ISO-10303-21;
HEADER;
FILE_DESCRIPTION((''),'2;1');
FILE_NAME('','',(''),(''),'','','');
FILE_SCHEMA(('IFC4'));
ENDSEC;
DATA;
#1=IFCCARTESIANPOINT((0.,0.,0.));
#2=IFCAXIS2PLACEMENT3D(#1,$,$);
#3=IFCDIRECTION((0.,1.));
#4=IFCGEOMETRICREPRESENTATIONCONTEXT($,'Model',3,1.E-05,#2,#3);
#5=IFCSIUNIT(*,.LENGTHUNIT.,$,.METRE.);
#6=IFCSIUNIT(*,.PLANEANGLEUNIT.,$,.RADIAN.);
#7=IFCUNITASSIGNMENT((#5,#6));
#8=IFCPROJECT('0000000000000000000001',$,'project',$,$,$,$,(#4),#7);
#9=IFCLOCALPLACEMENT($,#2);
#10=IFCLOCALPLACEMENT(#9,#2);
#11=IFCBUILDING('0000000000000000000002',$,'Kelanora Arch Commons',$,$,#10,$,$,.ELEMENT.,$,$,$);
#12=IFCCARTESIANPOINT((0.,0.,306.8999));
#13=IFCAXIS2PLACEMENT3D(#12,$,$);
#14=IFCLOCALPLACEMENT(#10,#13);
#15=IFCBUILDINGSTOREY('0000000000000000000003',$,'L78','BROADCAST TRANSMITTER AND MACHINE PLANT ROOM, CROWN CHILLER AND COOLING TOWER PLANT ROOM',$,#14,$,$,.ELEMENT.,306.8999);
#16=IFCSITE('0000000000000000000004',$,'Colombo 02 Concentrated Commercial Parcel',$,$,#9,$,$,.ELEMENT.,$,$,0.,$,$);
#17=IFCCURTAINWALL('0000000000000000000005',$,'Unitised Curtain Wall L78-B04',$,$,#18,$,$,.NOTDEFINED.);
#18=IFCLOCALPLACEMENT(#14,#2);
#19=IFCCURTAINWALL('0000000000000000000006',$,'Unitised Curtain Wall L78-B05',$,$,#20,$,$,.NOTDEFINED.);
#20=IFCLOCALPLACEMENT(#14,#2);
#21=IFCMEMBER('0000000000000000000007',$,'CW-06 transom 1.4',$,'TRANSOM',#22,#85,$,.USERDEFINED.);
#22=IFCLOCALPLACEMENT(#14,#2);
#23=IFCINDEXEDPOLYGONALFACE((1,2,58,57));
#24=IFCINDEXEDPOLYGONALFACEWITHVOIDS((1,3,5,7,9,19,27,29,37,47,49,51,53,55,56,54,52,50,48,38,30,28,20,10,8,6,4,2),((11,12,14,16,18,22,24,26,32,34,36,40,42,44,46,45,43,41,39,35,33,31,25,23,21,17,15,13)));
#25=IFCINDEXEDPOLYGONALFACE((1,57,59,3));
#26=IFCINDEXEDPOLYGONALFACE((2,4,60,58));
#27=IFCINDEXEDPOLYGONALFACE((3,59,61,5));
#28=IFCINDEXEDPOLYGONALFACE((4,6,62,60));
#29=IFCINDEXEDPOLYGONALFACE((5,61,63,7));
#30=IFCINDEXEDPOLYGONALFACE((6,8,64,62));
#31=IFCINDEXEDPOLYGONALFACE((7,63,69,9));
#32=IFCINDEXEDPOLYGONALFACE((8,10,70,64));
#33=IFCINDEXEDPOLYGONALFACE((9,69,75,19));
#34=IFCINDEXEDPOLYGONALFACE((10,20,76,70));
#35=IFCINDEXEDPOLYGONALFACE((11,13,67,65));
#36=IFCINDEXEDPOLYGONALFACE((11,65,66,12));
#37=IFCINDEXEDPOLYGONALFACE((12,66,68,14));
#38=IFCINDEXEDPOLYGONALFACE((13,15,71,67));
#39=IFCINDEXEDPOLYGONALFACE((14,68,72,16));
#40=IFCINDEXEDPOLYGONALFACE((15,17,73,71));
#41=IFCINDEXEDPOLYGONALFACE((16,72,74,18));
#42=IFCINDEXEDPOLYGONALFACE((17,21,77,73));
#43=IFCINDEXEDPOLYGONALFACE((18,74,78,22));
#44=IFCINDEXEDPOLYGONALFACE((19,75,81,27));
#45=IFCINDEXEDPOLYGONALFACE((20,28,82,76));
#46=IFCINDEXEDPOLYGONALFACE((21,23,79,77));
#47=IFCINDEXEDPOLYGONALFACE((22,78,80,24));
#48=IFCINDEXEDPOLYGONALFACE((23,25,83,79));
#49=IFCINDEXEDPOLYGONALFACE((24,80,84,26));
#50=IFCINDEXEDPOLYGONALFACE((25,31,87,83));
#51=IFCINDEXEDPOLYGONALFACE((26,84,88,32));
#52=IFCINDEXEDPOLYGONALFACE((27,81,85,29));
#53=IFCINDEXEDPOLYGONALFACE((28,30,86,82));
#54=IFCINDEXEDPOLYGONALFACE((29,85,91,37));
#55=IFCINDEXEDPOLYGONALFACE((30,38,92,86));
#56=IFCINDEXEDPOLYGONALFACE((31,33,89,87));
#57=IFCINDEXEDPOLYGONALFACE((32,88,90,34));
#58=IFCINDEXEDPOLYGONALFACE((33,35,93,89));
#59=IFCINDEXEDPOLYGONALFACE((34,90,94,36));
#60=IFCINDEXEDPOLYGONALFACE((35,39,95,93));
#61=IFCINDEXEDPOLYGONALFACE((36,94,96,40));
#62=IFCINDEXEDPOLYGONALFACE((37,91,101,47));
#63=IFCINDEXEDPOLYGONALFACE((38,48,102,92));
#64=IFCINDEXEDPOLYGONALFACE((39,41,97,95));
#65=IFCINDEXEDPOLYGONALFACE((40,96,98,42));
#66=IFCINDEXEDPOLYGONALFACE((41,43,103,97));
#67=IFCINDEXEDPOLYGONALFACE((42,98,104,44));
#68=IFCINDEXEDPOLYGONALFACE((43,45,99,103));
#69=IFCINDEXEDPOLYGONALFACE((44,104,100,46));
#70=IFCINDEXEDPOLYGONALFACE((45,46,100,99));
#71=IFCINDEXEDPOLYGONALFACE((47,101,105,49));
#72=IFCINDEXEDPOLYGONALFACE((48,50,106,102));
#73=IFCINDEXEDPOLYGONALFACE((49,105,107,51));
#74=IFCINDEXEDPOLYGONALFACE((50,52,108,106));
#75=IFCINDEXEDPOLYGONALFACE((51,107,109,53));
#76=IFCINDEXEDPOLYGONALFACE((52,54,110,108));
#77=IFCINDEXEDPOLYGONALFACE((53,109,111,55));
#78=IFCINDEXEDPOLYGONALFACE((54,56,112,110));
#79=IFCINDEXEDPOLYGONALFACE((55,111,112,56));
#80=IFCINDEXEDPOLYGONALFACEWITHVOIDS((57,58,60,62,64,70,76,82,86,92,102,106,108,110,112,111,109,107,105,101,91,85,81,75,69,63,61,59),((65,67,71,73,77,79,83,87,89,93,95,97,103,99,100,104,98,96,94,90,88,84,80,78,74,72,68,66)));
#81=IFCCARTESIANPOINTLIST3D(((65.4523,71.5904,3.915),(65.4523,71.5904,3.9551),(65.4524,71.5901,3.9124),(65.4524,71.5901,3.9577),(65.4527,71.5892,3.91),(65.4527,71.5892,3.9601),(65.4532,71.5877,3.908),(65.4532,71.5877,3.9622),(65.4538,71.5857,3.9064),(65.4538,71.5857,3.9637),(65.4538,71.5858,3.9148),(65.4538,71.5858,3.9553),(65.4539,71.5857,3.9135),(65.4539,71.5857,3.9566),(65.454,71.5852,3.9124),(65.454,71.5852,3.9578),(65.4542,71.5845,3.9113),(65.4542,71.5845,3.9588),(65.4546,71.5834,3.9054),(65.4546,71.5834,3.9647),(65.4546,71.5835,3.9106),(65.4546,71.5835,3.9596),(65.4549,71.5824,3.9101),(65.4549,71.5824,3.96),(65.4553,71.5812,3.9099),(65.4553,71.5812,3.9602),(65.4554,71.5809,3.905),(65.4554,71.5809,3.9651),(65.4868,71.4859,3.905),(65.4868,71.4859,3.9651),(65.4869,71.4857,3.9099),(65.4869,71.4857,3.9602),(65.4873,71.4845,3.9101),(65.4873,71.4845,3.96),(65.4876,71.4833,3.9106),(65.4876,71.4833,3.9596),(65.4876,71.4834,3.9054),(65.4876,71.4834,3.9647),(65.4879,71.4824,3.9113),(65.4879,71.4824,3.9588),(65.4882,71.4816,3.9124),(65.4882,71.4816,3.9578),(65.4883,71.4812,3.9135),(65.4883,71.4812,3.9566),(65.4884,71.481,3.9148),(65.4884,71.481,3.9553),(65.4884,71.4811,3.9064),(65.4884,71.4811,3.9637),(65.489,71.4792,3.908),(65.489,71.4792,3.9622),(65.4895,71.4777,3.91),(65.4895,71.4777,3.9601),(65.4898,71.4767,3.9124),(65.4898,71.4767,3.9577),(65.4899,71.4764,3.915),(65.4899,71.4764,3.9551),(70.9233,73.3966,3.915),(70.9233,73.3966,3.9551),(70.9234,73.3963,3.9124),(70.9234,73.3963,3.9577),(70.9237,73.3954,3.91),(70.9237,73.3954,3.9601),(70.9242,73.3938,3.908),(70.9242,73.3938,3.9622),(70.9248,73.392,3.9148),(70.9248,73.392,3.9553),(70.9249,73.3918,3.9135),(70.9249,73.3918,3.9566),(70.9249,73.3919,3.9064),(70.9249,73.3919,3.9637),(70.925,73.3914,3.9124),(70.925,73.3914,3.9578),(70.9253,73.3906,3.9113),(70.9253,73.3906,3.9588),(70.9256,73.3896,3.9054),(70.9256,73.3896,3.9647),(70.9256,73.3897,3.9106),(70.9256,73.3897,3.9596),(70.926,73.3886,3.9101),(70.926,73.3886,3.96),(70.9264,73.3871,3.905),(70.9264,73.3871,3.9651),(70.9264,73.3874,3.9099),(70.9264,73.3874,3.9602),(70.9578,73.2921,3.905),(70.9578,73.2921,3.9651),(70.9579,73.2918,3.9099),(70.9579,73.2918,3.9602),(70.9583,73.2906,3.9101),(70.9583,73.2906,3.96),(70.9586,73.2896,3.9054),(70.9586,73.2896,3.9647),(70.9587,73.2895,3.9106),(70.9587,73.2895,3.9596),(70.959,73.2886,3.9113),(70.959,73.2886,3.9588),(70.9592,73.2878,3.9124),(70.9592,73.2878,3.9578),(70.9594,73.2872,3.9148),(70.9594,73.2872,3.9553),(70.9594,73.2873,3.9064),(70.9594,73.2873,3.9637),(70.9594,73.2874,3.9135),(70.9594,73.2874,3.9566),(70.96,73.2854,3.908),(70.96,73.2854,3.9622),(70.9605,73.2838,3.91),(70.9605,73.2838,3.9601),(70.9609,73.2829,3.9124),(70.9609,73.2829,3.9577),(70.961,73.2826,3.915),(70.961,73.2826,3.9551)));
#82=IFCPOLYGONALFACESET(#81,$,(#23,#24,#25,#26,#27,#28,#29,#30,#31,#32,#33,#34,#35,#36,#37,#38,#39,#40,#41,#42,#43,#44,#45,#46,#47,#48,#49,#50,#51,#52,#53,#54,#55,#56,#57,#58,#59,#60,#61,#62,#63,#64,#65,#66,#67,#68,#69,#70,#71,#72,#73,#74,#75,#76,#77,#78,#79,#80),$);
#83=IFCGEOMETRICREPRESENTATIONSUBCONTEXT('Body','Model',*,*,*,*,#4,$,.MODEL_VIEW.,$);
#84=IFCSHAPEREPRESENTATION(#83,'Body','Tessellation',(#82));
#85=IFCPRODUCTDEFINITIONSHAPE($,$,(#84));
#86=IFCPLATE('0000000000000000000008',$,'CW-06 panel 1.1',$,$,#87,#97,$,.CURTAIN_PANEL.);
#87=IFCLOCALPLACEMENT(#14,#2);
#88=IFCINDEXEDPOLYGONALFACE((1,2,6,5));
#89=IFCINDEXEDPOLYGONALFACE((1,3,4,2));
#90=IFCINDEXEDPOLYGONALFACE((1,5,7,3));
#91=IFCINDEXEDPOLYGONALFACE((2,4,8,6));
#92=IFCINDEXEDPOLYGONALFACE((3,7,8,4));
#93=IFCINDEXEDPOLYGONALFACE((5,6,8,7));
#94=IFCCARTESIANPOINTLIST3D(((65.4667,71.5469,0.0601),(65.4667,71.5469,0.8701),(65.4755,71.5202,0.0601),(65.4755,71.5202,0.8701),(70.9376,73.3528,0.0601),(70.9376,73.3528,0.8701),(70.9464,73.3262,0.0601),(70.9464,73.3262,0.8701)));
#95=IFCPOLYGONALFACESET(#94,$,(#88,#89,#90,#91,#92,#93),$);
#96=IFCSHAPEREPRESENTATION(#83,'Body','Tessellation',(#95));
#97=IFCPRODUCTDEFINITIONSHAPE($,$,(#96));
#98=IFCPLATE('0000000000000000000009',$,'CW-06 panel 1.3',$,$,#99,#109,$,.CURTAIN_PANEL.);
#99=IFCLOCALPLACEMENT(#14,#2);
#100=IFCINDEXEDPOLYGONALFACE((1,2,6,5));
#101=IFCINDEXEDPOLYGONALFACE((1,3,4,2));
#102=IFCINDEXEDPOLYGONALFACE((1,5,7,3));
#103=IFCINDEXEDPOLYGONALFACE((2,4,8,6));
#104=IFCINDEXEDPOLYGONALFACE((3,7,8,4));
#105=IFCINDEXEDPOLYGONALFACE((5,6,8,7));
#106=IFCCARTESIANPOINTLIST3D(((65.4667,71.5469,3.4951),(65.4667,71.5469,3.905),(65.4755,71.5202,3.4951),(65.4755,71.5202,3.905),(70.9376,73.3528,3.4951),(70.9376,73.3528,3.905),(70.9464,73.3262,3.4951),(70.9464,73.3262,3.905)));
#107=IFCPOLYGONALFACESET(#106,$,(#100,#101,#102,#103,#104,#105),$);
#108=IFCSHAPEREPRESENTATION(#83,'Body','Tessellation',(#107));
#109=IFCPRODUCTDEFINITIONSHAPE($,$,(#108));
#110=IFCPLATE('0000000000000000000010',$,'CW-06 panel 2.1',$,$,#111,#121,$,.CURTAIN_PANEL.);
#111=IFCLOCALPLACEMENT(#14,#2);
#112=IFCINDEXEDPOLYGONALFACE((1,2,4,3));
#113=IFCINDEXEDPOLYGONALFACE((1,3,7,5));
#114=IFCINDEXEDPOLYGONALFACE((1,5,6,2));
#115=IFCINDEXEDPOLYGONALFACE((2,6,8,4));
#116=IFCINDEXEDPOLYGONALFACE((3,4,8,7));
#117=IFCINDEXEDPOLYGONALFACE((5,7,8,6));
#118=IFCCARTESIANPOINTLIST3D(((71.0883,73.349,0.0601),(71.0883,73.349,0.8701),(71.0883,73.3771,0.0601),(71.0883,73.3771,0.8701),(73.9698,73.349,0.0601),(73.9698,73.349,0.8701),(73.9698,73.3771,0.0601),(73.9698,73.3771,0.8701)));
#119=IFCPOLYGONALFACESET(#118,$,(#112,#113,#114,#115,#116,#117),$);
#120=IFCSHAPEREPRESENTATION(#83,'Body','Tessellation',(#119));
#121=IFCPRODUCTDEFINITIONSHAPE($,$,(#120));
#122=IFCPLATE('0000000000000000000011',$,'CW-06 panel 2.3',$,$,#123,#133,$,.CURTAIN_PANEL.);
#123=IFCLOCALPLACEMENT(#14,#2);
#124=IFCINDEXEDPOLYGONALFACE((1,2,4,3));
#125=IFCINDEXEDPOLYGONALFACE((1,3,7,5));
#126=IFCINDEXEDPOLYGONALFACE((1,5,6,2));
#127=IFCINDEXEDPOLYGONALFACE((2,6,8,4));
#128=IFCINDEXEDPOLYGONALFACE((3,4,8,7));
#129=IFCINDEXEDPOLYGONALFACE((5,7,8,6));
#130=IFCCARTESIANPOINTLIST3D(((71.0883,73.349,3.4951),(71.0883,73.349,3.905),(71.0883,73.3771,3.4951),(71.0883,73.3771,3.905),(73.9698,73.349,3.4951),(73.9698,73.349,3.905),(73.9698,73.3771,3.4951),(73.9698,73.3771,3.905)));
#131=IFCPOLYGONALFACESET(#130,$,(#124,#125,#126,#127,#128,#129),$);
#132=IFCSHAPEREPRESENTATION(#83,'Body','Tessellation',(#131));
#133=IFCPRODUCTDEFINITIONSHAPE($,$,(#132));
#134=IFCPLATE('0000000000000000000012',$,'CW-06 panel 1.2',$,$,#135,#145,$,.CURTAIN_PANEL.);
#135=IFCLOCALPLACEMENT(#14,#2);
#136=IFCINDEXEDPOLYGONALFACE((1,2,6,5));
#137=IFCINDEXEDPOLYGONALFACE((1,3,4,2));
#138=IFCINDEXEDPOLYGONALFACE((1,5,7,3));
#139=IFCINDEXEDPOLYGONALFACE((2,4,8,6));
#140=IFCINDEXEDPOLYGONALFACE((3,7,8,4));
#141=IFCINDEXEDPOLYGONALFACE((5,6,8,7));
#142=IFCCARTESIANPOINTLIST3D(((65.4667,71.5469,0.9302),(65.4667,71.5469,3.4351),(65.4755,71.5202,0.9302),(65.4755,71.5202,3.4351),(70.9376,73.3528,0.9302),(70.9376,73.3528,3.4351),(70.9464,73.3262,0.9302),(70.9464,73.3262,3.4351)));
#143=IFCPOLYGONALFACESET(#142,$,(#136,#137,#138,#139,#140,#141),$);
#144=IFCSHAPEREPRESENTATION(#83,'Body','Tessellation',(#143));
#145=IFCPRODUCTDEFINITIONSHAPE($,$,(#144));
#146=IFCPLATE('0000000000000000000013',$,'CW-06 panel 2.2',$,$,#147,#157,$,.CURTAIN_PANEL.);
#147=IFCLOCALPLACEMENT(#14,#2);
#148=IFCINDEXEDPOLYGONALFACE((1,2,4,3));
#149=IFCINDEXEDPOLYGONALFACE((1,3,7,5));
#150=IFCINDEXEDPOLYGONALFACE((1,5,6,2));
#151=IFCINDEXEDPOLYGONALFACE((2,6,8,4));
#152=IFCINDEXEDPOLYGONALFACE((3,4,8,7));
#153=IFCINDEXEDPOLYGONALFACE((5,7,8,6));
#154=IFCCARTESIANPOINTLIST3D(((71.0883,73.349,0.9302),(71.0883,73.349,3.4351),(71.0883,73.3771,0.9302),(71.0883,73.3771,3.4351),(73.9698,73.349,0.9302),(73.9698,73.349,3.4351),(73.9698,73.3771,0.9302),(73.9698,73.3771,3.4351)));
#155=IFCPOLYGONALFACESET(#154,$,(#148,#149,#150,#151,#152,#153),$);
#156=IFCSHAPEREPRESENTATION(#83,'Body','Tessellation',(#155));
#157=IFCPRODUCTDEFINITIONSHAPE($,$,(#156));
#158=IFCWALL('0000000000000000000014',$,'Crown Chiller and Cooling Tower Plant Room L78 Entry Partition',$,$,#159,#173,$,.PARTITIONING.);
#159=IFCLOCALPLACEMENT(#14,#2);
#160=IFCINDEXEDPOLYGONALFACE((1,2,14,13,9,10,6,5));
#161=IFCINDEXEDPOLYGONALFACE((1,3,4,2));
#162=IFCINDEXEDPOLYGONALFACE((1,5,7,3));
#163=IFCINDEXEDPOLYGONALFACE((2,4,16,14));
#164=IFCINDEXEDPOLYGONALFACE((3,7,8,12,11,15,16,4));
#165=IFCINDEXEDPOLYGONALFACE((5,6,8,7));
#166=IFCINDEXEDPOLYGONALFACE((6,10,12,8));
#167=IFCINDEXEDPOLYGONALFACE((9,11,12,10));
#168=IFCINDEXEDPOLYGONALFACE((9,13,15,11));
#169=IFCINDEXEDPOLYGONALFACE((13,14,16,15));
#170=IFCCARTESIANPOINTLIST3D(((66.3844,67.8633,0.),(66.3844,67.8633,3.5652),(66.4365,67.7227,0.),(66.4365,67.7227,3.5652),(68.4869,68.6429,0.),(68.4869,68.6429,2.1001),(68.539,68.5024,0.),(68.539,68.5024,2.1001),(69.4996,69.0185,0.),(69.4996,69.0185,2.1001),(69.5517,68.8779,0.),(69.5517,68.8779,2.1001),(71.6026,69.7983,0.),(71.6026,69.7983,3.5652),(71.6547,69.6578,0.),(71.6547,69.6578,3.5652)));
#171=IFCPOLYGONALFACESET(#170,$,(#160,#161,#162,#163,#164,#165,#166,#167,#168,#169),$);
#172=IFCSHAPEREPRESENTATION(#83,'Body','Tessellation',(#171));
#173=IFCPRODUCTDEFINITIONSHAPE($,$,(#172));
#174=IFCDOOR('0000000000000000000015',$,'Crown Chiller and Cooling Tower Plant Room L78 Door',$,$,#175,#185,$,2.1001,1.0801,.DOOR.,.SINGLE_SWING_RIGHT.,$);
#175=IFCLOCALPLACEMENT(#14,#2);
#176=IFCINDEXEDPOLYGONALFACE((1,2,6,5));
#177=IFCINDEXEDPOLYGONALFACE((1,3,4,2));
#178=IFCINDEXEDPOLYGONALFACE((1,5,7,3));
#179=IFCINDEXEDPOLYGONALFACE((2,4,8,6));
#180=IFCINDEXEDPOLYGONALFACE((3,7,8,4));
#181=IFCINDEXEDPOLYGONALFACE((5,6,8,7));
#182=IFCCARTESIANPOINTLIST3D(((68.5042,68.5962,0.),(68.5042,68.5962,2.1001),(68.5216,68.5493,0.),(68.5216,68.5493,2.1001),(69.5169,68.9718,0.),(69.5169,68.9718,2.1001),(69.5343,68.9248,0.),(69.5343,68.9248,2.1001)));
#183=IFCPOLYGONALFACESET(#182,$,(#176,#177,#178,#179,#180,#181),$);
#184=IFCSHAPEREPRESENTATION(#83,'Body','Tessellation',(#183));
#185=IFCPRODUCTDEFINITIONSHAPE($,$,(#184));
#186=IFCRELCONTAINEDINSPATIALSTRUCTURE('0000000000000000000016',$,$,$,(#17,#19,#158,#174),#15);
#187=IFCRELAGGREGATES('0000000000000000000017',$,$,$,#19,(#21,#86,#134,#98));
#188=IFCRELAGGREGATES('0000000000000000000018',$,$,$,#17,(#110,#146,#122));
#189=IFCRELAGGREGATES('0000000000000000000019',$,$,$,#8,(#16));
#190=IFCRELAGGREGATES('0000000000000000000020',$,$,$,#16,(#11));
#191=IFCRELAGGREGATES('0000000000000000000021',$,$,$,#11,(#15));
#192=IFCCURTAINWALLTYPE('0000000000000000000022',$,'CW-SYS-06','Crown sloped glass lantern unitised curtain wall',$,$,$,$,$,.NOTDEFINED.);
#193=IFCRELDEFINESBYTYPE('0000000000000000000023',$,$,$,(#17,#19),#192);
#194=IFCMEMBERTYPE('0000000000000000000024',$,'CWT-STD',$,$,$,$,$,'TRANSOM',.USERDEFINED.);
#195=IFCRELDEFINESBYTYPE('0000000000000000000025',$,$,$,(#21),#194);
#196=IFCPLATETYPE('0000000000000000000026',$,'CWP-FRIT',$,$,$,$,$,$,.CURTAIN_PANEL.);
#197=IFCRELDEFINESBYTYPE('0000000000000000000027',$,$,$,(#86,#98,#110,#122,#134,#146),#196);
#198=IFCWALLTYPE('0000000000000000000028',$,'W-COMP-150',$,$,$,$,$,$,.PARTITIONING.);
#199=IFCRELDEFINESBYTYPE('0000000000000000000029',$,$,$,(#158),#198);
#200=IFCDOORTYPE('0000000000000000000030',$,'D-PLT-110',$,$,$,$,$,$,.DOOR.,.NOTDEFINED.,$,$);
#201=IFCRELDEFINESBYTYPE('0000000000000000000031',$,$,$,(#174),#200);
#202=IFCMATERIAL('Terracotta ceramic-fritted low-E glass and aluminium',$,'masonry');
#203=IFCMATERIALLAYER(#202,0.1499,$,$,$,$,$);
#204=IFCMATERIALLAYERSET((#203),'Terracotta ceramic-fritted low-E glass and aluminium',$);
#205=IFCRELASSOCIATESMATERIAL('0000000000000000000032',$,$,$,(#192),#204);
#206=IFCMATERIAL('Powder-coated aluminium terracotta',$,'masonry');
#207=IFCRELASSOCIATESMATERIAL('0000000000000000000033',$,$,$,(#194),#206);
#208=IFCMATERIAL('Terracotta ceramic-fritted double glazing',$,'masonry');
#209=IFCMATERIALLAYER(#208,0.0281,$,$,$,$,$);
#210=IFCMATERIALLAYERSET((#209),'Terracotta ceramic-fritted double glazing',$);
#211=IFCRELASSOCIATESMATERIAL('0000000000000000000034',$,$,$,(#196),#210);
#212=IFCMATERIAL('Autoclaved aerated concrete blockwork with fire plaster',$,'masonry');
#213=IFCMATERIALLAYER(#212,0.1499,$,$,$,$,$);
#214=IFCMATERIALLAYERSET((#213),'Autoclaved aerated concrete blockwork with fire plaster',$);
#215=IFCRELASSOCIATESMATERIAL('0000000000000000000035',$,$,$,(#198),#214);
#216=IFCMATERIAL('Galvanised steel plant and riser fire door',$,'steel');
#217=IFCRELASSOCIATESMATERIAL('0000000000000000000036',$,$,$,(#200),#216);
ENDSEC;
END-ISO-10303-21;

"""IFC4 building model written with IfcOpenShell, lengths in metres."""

from ifc_helpers import new_model, si_unit, direction, frame, frame_2d, origin, origin_2d, place, context, subcontext, project, spatial, rectangle, hollow_rectangle, extrude, source, transform, mapped, material, layer, layer_set, material_profile, profile_set, type_object, element, fill, aggregate, save


model = new_model("IFC4")

# Units and contexts
model_context = context("Model", 3, precision=1e-05, world=origin(), true_north=direction((0.0, 1.0)))
body_context = subcontext(model_context, "Body", "Model", "MODEL_VIEW")
ifc_project = project(units=[si_unit("LENGTHUNIT", "METRE"), si_unit("PLANEANGLEUNIT", "RADIAN")], contexts=[model_context])

# Site, building, storey
site_placement = place(None, origin())
site = spatial("IfcSite", under=ifc_project, at=site_placement, Name="Colombo 02 Concentrated Commercial Parcel", CompositionType="ELEMENT", RefElevation=0.0)
building_placement = place(site_placement, origin())
building = spatial("IfcBuilding", under=site, at=building_placement, Name="Kelanora Arch Commons", CompositionType="ELEMENT")
storey_placement = place(building_placement, frame((0.0, 0.0, 306.8999)))
storey = spatial("IfcBuildingStorey", under=building, at=storey_placement, Name="L78", Description="BROADCAST TRANSMITTER AND MACHINE PLANT ROOM, CROWN CHILLER AND COOLING TOWER PLANT ROOM", CompositionType="ELEMENT", Elevation=306.8999)

# Curtain wall
ifc_material_1 = material(Name="Terracotta ceramic-fritted low-E glass and aluminium", Category="masonry")
ifc_layer_1 = layer(ifc_material_1, 0.1499)
ifc_layer_set_1 = layer_set([ifc_layer_1], Name="Terracotta ceramic-fritted low-E glass and aluminium")
curtain_wall_type = type_object("IfcCurtainWallType", Name="CW-SYS-06", Description="Crown sloped glass lantern unitised curtain wall", PredefinedType="NOTDEFINED", material=ifc_layer_set_1)
curtain_wall_1_placement = place(storey_placement, origin())
curtain_wall_1 = element("IfcCurtainWall", 1, at=curtain_wall_1_placement, inside=storey, type_object=curtain_wall_type, Name="Unitised Curtain Wall L78-B04", PredefinedType="NOTDEFINED")
ifc_material_2 = material(Name="Powder-coated aluminium terracotta", Category="masonry")

# Curtain wall
curtain_wall_2_placement = place(storey_placement, origin())
curtain_wall_2 = element("IfcCurtainWall", 2, at=curtain_wall_2_placement, inside=storey, type_object=curtain_wall_type, Name="Unitised Curtain Wall L78-B05", PredefinedType="NOTDEFINED")

# Member
ifc_material_profile_1 = material_profile(ifc_material_2, hollow_rectangle(XDim=0.1201, YDim=0.0601, WallThickness=0.0049, InnerFilletRadius=0.0049, OuterFilletRadius=0.01, at=origin_2d()), Name="CWT120x60")
ifc_profile_set_1 = profile_set([ifc_material_profile_1], Name="Powder-coated aluminium terracotta")
member_type_1 = type_object("IfcMemberType", Name="CWT-STD", ElementType="TRANSOM", PredefinedType="USERDEFINED", material=ifc_profile_set_1)
member_1_placement = place(storey_placement, frame((70.9421, 73.3396, 3.9351), z_axis=(-0.94959, -0.313493, 0.0), x_axis=(0.313493, -0.94959, 0.0)))
member_1 = element("IfcMember", 3, at=member_1_placement, type_object=member_type_1, Name="CW-06 transom 1.4", ObjectType="TRANSOM", PredefinedType="USERDEFINED", context=body_context, shape_type="SweptSolid", body=[
    extrude(hollow_rectangle(XDim=0.1201, YDim=0.0601, WallThickness=0.0049, InnerFilletRadius=0.0049, OuterFilletRadius=0.01, at=origin_2d()), origin(), (0.0, 0.0, 1.0), 5.7615),
])

# Plates
ifc_material_3 = material(Name="Terracotta ceramic-fritted double glazing", Category="masonry")
ifc_layer_2 = layer(ifc_material_3, 0.0281)
ifc_layer_set_2 = layer_set([ifc_layer_2], Name="Terracotta ceramic-fritted double glazing")
plate_type = type_object("IfcPlateType", Name="CWP-FRIT", PredefinedType="CURTAIN_PANEL", material=ifc_layer_set_2)
shared_shape_1 = source(origin(), body_context, "Body", "SweptSolid", [
    extrude(rectangle(XDim=5.7612, YDim=0.0281, at=origin_2d()), origin(), (0.0, 0.0, 1.0), 0.8101),
])
plate_1_placement = place(storey_placement, frame((68.2065, 72.4365, 0.0601), z_axis=(0.0, 0.0, 1.0), x_axis=(-0.949599, -0.313467, 0.0)))
plate_1 = element("IfcPlate", 4, at=plate_1_placement, type_object=plate_type, Name="CW-06 panel 1.1", PredefinedType="CURTAIN_PANEL", context=body_context, shape_type="MappedRepresentation", body=[
    mapped(shared_shape_1, transform((0.0, 0.0, 0.0), scale=1.0)),
])
shared_shape_2 = source(origin(), body_context, "Body", "SweptSolid", [
    extrude(rectangle(XDim=5.7612, YDim=0.0281, at=origin_2d()), origin(), (0.0, 0.0, 1.0), 0.4099),
])
plate_2_placement = place(storey_placement, frame((68.2065, 72.4365, 3.4951), z_axis=(0.0, 0.0, 1.0), x_axis=(-0.949599, -0.313467, 0.0)))
plate_2 = element("IfcPlate", 5, at=plate_2_placement, type_object=plate_type, Name="CW-06 panel 1.3", PredefinedType="CURTAIN_PANEL", context=body_context, shape_type="MappedRepresentation", body=[
    mapped(shared_shape_2, transform((0.0, 0.0, 0.0), scale=1.0)),
])
shared_shape_3 = source(origin(), body_context, "Body", "SweptSolid", [
    extrude(rectangle(XDim=2.8816, YDim=0.0281, at=origin_2d()), origin(), (0.0, 0.0, 1.0), 0.8101),
])
plate_3_placement = place(storey_placement, frame((72.5291, 73.363, 0.0601), z_axis=(0.0, 0.0, 1.0), x_axis=(-1.0, 0.0, 0.0)))
plate_3 = element("IfcPlate", 6, at=plate_3_placement, type_object=plate_type, Name="CW-06 panel 2.1", PredefinedType="CURTAIN_PANEL", context=body_context, shape_type="MappedRepresentation", body=[
    mapped(shared_shape_3, transform((0.0, 0.0, 0.0), scale=1.0)),
])
shared_shape_4 = source(origin(), body_context, "Body", "SweptSolid", [
    extrude(rectangle(XDim=2.8816, YDim=0.0281, at=origin_2d()), origin(), (0.0, 0.0, 1.0), 0.4099),
])
plate_4_placement = place(storey_placement, frame((72.5291, 73.363, 3.4951), z_axis=(0.0, 0.0, 1.0), x_axis=(-1.0, 0.0, 0.0)))
plate_4 = element("IfcPlate", 7, at=plate_4_placement, type_object=plate_type, Name="CW-06 panel 2.3", PredefinedType="CURTAIN_PANEL", context=body_context, shape_type="MappedRepresentation", body=[
    mapped(shared_shape_4, transform((0.0, 0.0, 0.0), scale=1.0)),
])
shared_shape_5 = source(origin(), body_context, "Body", "SweptSolid", [
    extrude(rectangle(XDim=5.7612, YDim=0.0281, at=origin_2d()), origin(), (0.0, 0.0, 1.0), 2.5049),
])
plate_5_placement = place(storey_placement, frame((68.2065, 72.4365, 0.9302), z_axis=(0.0, 0.0, 1.0), x_axis=(-0.949599, -0.313467, 0.0)))
plate_5 = element("IfcPlate", 8, at=plate_5_placement, type_object=plate_type, Name="CW-06 panel 1.2", PredefinedType="CURTAIN_PANEL", context=body_context, shape_type="MappedRepresentation", body=[
    mapped(shared_shape_5, transform((0.0, 0.0, 0.0), scale=1.0)),
])
aggregate(curtain_wall_2, [member_1, plate_1, plate_5, plate_2])
shared_shape_6 = source(origin(), body_context, "Body", "SweptSolid", [
    extrude(rectangle(XDim=2.8816, YDim=0.0281, at=origin_2d()), origin(), (0.0, 0.0, 1.0), 2.5049),
])
plate_6_placement = place(storey_placement, frame((72.5291, 73.363, 0.9302), z_axis=(0.0, 0.0, 1.0), x_axis=(-1.0, 0.0, 0.0)))
plate_6 = element("IfcPlate", 9, at=plate_6_placement, type_object=plate_type, Name="CW-06 panel 2.2", PredefinedType="CURTAIN_PANEL", context=body_context, shape_type="MappedRepresentation", body=[
    mapped(shared_shape_6, transform((0.0, 0.0, 0.0), scale=1.0)),
])
aggregate(curtain_wall_1, [plate_3, plate_6, plate_4])

# Wall, opening, door
ifc_material_4 = material(Name="Autoclaved aerated concrete blockwork with fire plaster", Category="masonry")
ifc_layer_3 = layer(ifc_material_4, 0.1499)
ifc_layer_set_3 = layer_set([ifc_layer_3], Name="Autoclaved aerated concrete blockwork with fire plaster")
wall_type = type_object("IfcWallType", Name="W-COMP-150", PredefinedType="PARTITIONING", material=ifc_layer_set_3)
wall_placement = place(storey_placement, frame((71.6287, 69.728, 0.0), z_axis=(0.0, 0.0, 1.0), x_axis=(-0.93761, -0.347689, 0.0)))
wall = element("IfcWall", 10, at=wall_placement, inside=storey, type_object=wall_type, Name="Crown Chiller and Cooling Tower Plant Room L78 Entry Partition", PredefinedType="PARTITIONING", context=body_context, shape_type="SweptSolid", body=[
    extrude(rectangle(XDim=5.5654, YDim=0.1499, at=frame_2d((2.7827, 0.0))), origin(), (0.0, 0.0, 1.0), 3.5652),
])
opening_placement = place(wall_placement, frame((2.2429, 0.0, 0.0)))
opening = element("IfcOpeningElement", 11, at=opening_placement, cuts=wall, PredefinedType="OPENING", context=body_context, shape_type="SweptSolid", body=[
    extrude(rectangle(XDim=1.0801, YDim=2.1001, at=frame_2d((0.54, 1.05))), frame((0.0, 0.085, 0.0), z_axis=(0.0, -1.0, 0.0), x_axis=(1.0, 0.0, 0.0)), (0.0, 0.0, 1.0), 0.1699),
])
ifc_material_5 = material(Name="Galvanised steel plant and riser fire door", Category="steel")
door_type = type_object("IfcDoorType", Name="D-PLT-110", OperationType="NOTDEFINED", PredefinedType="DOOR", material=ifc_material_5)
door_placement = place(opening_placement, origin())
door = element("IfcDoor", 12, at=door_placement, inside=storey, type_object=door_type, Name="Crown Chiller and Cooling Tower Plant Room L78 Door", OperationType="SINGLE_SWING_RIGHT", OverallHeight=2.1001, OverallWidth=1.0801, PredefinedType="DOOR", context=body_context, shape_type="SweptSolid", body=[
    extrude(rectangle(XDim=1.0801, YDim=2.1001, at=frame_2d((0.54, 1.05))), frame((0.0, 0.0249, 0.0), z_axis=(0.0, -1.0, 0.0), x_axis=(1.0, 0.0, 0.0)), (0.0, 0.0, 1.0), 0.05),
])
fill(opening, door)

save(model, "model.ifc")
